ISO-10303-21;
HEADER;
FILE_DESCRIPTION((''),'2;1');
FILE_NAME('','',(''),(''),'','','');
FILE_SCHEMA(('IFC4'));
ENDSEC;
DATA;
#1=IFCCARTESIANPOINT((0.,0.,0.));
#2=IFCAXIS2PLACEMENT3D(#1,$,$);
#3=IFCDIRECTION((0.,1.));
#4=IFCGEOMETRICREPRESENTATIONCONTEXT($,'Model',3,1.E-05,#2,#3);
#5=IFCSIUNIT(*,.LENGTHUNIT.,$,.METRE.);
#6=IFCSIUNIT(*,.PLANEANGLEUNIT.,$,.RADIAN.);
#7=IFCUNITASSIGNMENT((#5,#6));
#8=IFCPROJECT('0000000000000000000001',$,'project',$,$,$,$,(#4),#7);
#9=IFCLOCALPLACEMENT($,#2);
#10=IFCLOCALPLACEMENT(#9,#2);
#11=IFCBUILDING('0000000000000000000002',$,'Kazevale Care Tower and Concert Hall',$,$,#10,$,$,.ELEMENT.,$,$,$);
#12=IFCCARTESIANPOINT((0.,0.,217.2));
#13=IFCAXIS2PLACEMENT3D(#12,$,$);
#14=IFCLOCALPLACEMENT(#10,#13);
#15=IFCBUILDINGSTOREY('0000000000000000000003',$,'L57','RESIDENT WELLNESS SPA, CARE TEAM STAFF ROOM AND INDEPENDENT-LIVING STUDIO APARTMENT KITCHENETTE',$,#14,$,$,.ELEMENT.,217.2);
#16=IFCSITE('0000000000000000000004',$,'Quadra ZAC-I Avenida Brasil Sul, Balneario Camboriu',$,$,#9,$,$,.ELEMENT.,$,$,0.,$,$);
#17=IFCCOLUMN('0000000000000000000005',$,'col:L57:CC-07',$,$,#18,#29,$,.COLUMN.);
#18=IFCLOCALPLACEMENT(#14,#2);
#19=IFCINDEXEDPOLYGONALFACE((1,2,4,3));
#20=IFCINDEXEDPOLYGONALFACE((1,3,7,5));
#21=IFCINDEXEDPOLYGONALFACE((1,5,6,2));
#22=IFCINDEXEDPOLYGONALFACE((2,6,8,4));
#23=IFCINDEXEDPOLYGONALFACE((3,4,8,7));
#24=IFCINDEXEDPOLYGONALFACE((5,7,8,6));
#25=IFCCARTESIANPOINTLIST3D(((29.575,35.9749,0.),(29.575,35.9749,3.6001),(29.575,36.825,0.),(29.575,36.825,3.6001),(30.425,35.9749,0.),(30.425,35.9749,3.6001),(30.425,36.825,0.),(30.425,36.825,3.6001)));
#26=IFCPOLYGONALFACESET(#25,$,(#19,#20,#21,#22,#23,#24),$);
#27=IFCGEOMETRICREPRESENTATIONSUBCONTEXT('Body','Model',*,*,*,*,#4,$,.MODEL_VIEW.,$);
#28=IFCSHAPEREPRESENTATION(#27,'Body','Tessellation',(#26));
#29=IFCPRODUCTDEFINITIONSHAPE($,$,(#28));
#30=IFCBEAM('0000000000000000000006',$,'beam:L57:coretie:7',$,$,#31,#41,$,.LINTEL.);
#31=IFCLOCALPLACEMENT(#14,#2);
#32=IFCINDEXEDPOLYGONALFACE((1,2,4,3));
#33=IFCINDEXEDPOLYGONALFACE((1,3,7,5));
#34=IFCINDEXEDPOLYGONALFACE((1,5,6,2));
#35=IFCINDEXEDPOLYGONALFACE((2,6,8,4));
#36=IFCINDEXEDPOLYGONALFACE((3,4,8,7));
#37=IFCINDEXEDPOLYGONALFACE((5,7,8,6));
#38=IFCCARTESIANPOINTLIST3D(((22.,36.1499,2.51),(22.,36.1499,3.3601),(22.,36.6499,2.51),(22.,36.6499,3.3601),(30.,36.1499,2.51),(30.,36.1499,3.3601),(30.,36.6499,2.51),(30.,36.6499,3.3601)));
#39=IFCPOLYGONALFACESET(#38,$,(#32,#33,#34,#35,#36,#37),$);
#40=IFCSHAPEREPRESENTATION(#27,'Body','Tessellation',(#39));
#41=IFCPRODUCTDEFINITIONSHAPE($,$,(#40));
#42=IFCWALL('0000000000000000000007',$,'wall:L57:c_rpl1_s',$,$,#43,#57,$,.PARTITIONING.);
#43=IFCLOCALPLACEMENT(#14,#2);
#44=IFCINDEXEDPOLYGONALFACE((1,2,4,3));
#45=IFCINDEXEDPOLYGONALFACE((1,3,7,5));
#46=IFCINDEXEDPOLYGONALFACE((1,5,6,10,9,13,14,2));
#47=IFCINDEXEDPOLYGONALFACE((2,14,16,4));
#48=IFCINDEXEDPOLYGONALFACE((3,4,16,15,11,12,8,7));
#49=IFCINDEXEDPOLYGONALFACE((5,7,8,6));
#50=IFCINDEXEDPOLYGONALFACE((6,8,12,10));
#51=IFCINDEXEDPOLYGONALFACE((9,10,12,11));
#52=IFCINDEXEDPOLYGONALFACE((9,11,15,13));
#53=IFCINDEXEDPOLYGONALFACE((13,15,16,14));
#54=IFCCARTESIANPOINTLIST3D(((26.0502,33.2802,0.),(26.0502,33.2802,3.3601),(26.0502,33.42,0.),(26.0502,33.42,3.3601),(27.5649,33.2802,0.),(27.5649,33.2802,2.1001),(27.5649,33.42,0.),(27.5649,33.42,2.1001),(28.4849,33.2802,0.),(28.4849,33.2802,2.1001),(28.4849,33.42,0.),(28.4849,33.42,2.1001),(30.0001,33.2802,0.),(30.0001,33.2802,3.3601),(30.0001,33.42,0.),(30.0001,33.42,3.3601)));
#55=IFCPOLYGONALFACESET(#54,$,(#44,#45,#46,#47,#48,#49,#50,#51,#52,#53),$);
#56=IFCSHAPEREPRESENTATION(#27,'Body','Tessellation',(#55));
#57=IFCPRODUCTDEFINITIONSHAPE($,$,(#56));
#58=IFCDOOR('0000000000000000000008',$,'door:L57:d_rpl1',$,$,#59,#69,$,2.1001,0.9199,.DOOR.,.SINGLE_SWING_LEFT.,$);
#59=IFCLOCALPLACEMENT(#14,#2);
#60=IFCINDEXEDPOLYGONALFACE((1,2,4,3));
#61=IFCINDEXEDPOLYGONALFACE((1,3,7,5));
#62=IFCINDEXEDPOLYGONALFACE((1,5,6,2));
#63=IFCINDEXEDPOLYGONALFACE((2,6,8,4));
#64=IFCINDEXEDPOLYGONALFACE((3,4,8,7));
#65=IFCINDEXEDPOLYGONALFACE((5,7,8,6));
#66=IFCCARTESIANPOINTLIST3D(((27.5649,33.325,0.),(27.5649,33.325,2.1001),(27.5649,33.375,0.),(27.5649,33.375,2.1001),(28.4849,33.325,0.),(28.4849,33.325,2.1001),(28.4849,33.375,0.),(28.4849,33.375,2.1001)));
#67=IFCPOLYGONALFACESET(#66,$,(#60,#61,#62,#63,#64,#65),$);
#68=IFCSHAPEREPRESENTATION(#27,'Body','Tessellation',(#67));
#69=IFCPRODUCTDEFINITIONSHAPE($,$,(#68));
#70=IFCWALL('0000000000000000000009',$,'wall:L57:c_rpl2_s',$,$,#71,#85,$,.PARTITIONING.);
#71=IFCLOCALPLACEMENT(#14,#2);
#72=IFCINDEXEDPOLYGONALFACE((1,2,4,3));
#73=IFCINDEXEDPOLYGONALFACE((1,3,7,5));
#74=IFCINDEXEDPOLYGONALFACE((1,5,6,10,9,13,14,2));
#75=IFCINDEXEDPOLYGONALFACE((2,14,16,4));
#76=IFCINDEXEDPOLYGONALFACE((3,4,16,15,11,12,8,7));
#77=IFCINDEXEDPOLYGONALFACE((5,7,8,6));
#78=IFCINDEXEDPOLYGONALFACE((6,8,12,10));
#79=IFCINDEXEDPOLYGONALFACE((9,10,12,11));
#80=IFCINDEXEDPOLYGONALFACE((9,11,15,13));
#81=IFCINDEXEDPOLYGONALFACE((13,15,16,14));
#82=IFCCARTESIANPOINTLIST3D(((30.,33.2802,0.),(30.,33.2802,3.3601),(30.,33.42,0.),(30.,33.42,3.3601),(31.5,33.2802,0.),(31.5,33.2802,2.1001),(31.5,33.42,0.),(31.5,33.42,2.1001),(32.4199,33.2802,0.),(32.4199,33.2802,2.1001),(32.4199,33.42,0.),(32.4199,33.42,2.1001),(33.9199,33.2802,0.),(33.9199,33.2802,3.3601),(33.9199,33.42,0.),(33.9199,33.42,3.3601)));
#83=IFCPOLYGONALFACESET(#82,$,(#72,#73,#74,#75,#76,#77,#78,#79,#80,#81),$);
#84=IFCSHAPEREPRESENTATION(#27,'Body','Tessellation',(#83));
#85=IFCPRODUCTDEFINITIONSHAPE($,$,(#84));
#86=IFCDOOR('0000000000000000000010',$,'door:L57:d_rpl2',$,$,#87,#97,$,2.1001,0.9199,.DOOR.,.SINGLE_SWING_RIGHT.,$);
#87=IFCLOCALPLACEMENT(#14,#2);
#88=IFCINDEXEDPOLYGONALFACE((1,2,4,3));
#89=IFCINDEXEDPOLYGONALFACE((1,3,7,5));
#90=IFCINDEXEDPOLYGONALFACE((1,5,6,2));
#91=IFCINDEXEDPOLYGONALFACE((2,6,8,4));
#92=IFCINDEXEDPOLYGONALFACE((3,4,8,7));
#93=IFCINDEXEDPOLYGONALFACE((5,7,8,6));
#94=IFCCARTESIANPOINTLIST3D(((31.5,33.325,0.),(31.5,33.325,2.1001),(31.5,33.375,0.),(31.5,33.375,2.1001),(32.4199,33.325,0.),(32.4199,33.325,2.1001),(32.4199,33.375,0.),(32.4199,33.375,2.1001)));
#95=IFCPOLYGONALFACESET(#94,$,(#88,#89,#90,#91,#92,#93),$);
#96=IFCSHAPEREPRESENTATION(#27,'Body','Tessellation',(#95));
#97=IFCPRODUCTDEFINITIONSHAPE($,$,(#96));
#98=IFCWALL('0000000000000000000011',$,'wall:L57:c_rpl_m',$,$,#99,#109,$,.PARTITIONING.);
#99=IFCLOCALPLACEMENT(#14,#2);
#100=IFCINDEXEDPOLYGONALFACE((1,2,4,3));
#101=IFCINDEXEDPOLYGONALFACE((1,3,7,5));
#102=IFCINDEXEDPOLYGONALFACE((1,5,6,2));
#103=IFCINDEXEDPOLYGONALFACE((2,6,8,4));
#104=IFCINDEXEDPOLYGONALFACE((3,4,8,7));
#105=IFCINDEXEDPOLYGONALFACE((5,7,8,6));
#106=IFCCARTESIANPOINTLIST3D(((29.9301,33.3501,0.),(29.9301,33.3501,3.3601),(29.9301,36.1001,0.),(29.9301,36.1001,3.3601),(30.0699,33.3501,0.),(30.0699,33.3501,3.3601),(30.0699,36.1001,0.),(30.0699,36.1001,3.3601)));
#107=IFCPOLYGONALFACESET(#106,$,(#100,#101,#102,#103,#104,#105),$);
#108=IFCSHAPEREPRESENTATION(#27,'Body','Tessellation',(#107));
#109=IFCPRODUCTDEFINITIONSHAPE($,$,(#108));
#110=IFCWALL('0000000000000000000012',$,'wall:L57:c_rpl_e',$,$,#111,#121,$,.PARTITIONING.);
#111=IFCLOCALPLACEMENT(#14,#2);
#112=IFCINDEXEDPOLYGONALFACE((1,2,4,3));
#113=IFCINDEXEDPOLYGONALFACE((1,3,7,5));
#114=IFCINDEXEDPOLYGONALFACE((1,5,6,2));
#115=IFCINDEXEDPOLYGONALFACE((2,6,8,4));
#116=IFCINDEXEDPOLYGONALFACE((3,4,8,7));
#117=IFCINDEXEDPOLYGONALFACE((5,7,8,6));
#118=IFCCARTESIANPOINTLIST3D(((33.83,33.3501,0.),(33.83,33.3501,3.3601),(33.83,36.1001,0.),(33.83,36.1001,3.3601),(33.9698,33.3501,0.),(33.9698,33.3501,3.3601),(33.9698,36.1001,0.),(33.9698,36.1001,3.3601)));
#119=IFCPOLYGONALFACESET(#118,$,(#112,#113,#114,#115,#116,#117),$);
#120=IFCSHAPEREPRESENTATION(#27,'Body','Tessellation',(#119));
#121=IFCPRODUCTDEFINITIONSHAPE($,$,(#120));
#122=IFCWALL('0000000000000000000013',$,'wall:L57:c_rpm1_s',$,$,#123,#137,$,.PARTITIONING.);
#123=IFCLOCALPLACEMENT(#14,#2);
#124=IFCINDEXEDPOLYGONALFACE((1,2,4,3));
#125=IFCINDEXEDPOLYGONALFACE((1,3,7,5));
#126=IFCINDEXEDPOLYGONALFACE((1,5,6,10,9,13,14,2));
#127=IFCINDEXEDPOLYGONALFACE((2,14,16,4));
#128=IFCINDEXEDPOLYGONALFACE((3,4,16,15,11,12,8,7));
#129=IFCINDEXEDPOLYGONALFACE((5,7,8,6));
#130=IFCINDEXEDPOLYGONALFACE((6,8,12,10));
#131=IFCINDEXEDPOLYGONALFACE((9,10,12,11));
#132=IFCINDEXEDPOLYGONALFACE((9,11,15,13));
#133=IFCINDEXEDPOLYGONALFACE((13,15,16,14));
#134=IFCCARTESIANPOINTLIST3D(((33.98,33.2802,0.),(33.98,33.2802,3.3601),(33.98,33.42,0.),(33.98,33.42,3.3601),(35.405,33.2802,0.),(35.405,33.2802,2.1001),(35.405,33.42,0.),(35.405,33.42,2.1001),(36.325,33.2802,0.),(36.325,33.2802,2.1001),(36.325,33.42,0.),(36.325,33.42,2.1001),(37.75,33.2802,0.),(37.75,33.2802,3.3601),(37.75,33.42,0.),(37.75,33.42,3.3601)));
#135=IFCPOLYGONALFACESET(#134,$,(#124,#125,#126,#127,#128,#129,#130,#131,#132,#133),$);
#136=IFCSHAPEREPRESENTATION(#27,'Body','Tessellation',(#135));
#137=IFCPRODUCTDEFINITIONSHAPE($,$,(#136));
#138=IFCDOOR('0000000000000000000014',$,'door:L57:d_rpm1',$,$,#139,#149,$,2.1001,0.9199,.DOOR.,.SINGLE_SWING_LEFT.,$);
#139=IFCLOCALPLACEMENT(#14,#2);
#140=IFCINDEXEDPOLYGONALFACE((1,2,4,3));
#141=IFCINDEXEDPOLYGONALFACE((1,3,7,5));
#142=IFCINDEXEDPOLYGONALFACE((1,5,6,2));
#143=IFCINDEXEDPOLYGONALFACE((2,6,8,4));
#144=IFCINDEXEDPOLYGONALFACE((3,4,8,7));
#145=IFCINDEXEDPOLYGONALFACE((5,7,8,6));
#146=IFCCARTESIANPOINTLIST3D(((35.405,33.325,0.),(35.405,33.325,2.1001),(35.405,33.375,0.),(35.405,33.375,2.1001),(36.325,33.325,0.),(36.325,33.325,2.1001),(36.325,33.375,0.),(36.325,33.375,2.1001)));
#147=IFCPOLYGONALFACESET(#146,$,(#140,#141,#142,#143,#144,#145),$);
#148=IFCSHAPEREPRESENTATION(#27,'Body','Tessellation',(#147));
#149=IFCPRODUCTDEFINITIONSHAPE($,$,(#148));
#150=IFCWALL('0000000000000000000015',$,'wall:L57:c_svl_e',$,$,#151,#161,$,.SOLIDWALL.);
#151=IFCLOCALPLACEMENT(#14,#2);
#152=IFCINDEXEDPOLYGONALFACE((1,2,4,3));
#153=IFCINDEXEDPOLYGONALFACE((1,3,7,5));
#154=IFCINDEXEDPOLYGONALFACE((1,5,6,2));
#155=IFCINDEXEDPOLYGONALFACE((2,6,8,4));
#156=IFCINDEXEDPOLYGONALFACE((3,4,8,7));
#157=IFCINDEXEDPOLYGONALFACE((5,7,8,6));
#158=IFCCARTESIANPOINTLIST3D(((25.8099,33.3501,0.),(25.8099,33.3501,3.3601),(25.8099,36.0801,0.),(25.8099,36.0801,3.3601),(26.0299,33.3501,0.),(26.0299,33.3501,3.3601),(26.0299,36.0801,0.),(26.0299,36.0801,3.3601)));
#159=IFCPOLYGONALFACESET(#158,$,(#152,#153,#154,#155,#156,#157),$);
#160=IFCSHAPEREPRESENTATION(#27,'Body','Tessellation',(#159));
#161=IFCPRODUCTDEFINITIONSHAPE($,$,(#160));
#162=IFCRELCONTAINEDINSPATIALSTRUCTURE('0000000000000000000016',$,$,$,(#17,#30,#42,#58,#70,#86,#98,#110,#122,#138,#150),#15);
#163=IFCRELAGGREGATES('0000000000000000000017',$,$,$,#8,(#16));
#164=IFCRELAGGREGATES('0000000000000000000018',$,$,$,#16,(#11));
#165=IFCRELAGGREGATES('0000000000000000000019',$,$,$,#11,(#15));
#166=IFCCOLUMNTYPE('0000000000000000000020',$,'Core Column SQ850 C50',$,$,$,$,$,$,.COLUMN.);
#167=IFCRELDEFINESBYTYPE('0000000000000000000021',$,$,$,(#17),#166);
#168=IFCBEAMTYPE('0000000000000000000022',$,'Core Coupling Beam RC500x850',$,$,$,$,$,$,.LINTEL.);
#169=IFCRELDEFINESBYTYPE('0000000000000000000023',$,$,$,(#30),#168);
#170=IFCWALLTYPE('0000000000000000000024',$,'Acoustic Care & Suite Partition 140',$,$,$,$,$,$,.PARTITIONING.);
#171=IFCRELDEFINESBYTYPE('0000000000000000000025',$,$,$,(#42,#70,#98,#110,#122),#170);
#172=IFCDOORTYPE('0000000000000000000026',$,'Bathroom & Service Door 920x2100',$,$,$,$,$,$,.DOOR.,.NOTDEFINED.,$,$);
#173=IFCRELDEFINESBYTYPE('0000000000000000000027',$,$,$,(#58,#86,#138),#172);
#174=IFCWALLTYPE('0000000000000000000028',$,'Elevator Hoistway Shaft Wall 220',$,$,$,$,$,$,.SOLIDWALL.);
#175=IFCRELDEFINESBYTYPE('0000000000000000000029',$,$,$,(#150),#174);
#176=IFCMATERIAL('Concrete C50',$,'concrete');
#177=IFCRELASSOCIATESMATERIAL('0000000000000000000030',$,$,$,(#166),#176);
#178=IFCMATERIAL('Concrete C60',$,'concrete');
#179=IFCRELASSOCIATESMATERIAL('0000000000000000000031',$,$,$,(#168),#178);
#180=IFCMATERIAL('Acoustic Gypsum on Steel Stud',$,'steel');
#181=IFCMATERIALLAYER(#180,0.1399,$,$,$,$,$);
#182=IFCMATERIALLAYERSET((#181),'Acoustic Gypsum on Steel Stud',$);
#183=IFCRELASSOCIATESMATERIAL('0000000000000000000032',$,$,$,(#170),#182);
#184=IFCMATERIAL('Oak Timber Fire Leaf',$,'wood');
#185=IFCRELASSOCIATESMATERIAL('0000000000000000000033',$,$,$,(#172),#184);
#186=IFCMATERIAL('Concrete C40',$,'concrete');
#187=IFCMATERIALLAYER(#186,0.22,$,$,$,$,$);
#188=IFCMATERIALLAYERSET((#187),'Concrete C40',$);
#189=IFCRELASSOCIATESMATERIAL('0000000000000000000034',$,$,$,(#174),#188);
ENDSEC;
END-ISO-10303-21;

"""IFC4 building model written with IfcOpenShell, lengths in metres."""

from ifc_helpers import new_model, si_unit, direction, frame, frame_2d, origin, origin_2d, place, context, subcontext, project, spatial, rectangle, extrude, material, layer, layer_set, material_profile, profile_set, type_object, element, fill, save


model = new_model("IFC4")

# Units and contexts
model_context = context("Model", 3, precision=1e-05, world=origin(), true_north=direction((0.0, 1.0)))
body_context = subcontext(model_context, "Body", "Model", "MODEL_VIEW")
ifc_project = project(units=[si_unit("LENGTHUNIT", "METRE"), si_unit("PLANEANGLEUNIT", "RADIAN")], contexts=[model_context])

# Site, building, storey
site_placement = place(None, origin())
site = spatial("IfcSite", under=ifc_project, at=site_placement, Name="Quadra ZAC-I Avenida Brasil Sul, Balneario Camboriu", CompositionType="ELEMENT", RefElevation=0.0)
building_placement = place(site_placement, origin())
building = spatial("IfcBuilding", under=site, at=building_placement, Name="Kazevale Care Tower and Concert Hall", CompositionType="ELEMENT")
storey_placement = place(building_placement, frame((0.0, 0.0, 217.2)))
storey = spatial("IfcBuildingStorey", under=building, at=storey_placement, Name="L57", Description="RESIDENT WELLNESS SPA, CARE TEAM STAFF ROOM AND INDEPENDENT-LIVING STUDIO APARTMENT KITCHENETTE", CompositionType="ELEMENT", Elevation=217.2)

# Column
ifc_material_1 = material(Name="Concrete C50", Category="concrete")
ifc_material_profile_1 = material_profile(ifc_material_1, rectangle(XDim=0.8501, YDim=0.8501, at=origin_2d()), Name="RC-SQ850")
ifc_profile_set_1 = profile_set([ifc_material_profile_1], Name="Concrete C50")
column_type = type_object("IfcColumnType", Name="Core Column SQ850 C50", PredefinedType="COLUMN", material=ifc_profile_set_1)
column_placement = place(storey_placement, frame((30.0, 36.3999, 0.0), z_axis=(0.0, 0.0, 1.0), x_axis=(1.0, 0.0, 0.0)))
element("IfcColumn", 1, at=column_placement, inside=storey, type_object=column_type, Name="col:L57:CC-07", PredefinedType="COLUMN", context=body_context, shape_type="SweptSolid", body=[
    extrude(rectangle(XDim=0.8501, YDim=0.8501, at=origin_2d()), origin(), (0.0, 0.0, 1.0), 3.6001),
])

# Beam
ifc_material_2 = material(Name="Concrete C60", Category="concrete")
ifc_material_profile_2 = material_profile(ifc_material_2, rectangle(XDim=0.5, YDim=0.8501, at=origin_2d()), Name="RC-B500x850")
ifc_profile_set_2 = profile_set([ifc_material_profile_2], Name="Concrete C60")
beam_type = type_object("IfcBeamType", Name="Core Coupling Beam RC500x850", PredefinedType="LINTEL", material=ifc_profile_set_2)
beam_placement = place(storey_placement, frame((30.0, 36.3999, 2.9351), z_axis=(-1.0, 0.0, 0.0), x_axis=(0.0, -1.0, 0.0)))
element("IfcBeam", 2, at=beam_placement, inside=storey, type_object=beam_type, Name="beam:L57:coretie:7", PredefinedType="LINTEL", context=body_context, shape_type="SweptSolid", body=[
    extrude(rectangle(XDim=0.5, YDim=0.8501, at=origin_2d()), origin(), (0.0, 0.0, 1.0), 8.0),
])

# Walls, openings, doors
ifc_material_3 = material(Name="Acoustic Gypsum on Steel Stud", Category="steel")
ifc_layer_1 = layer(ifc_material_3, 0.1399)
ifc_layer_set_1 = layer_set([ifc_layer_1], Name="Acoustic Gypsum on Steel Stud")
wall_type_1 = type_object("IfcWallType", Name="Acoustic Care & Suite Partition 140", PredefinedType="PARTITIONING", material=ifc_layer_set_1)
wall_1_placement = place(storey_placement, frame((26.05, 33.3501, 0.0), z_axis=(0.0, 0.0, 1.0), x_axis=(1.0, 0.0, 0.0)))
wall_1 = element("IfcWall", 3, at=wall_1_placement, inside=storey, type_object=wall_type_1, Name="wall:L57:c_rpl1_s", PredefinedType="PARTITIONING", context=body_context, shape_type="SweptSolid", body=[
    extrude(rectangle(XDim=3.95, YDim=0.1399, at=frame_2d((1.9751, 0.0))), origin(), (0.0, 0.0, 1.0), 3.3601),
])
opening_1_placement = place(wall_1_placement, frame((1.5149, 0.0, 0.0)))
opening_1 = element("IfcOpeningElement", 4, at=opening_1_placement, cuts=wall_1, PredefinedType="OPENING", context=body_context, shape_type="SweptSolid", body=[
    extrude(rectangle(XDim=0.9199, YDim=2.1001, at=frame_2d((0.46, 1.05))), frame((0.0, 0.0798, 0.0), z_axis=(0.0, -1.0, 0.0), x_axis=(1.0, 0.0, 0.0)), (0.0, 0.0, 1.0), 0.1599),
])
ifc_material_4 = material(Name="Oak Timber Fire Leaf", Category="wood")
door_type_1 = type_object("IfcDoorType", Name="Bathroom & Service Door 920x2100", OperationType="NOTDEFINED", PredefinedType="DOOR", material=ifc_material_4)
door_1_placement = place(opening_1_placement, origin())
door_1 = element("IfcDoor", 5, at=door_1_placement, inside=storey, type_object=door_type_1, Name="door:L57:d_rpl1", OperationType="SINGLE_SWING_LEFT", OverallHeight=2.1001, OverallWidth=0.9199, PredefinedType="DOOR", context=body_context, shape_type="SweptSolid", body=[
    extrude(rectangle(XDim=0.9199, YDim=2.1001, at=frame_2d((0.46, 1.05))), frame((0.0, 0.0249, 0.0), z_axis=(0.0, -1.0, 0.0), x_axis=(1.0, 0.0, 0.0)), (0.0, 0.0, 1.0), 0.05),
])
fill(opening_1, door_1)
wall_2_placement = place(storey_placement, frame((30.0, 33.3501, 0.0), z_axis=(0.0, 0.0, 1.0), x_axis=(1.0, 0.0, 0.0)))
wall_2 = element("IfcWall", 6, at=wall_2_placement, inside=storey, type_object=wall_type_1, Name="wall:L57:c_rpl2_s", PredefinedType="PARTITIONING", context=body_context, shape_type="SweptSolid", body=[
    extrude(rectangle(XDim=3.9199, YDim=0.1399, at=frame_2d((1.96, 0.0))), origin(), (0.0, 0.0, 1.0), 3.3601),
])
opening_2_placement = place(wall_2_placement, frame((1.5, 0.0, 0.0)))
opening_2 = element("IfcOpeningElement", 7, at=opening_2_placement, cuts=wall_2, PredefinedType="OPENING", context=body_context, shape_type="SweptSolid", body=[
    extrude(rectangle(XDim=0.9199, YDim=2.1001, at=frame_2d((0.46, 1.05))), frame((0.0, 0.0798, 0.0), z_axis=(0.0, -1.0, 0.0), x_axis=(1.0, 0.0, 0.0)), (0.0, 0.0, 1.0), 0.1599),
])
door_2_placement = place(opening_2_placement, origin())
door_2 = element("IfcDoor", 8, at=door_2_placement, inside=storey, type_object=door_type_1, Name="door:L57:d_rpl2", OperationType="SINGLE_SWING_RIGHT", OverallHeight=2.1001, OverallWidth=0.9199, PredefinedType="DOOR", context=body_context, shape_type="SweptSolid", body=[
    extrude(rectangle(XDim=0.9199, YDim=2.1001, at=frame_2d((0.46, 1.05))), frame((0.0, 0.0249, 0.0), z_axis=(0.0, -1.0, 0.0), x_axis=(1.0, 0.0, 0.0)), (0.0, 0.0, 1.0), 0.05),
])
fill(opening_2, door_2)

# Walls
for number, where, z_axis, x_axis, name in (
    (9, (30.0, 33.3501, 0.0), (0.0, 0.0, 1.0), (0.0, 1.0, 0.0), "wall:L57:c_rpl_m"),
    (10, (33.8999, 33.3501, 0.0), (0.0, 0.0, 1.0), (0.0, 1.0, 0.0), "wall:L57:c_rpl_e"),
):
    element("IfcWall", number, at=place(storey_placement, frame(where, z_axis=z_axis, x_axis=x_axis)), inside=storey, type_object=wall_type_1, Name=name, PredefinedType="PARTITIONING", context=body_context, shape_type="SweptSolid", body=[
        extrude(rectangle(XDim=2.75, YDim=0.1399, at=frame_2d((1.375, 0.0))), origin(), (0.0, 0.0, 1.0), 3.3601),
    ])

# Wall, opening, door
wall_3_placement = place(storey_placement, frame((33.98, 33.3501, 0.0), z_axis=(0.0, 0.0, 1.0), x_axis=(1.0, 0.0, 0.0)))
wall_3 = element("IfcWall", 11, at=wall_3_placement, inside=storey, type_object=wall_type_1, Name="wall:L57:c_rpm1_s", PredefinedType="PARTITIONING", context=body_context, shape_type="SweptSolid", body=[
    extrude(rectangle(XDim=3.77, YDim=0.1399, at=frame_2d((1.885, 0.0))), origin(), (0.0, 0.0, 1.0), 3.3601),
])
opening_3_placement = place(wall_3_placement, frame((1.425, 0.0, 0.0)))
opening_3 = element("IfcOpeningElement", 12, at=opening_3_placement, cuts=wall_3, PredefinedType="OPENING", context=body_context, shape_type="SweptSolid", body=[
    extrude(rectangle(XDim=0.9199, YDim=2.1001, at=frame_2d((0.46, 1.05))), frame((0.0, 0.0798, 0.0), z_axis=(0.0, -1.0, 0.0), x_axis=(1.0, 0.0, 0.0)), (0.0, 0.0, 1.0), 0.1599),
])
door_3_placement = place(opening_3_placement, origin())
door_3 = element("IfcDoor", 13, at=door_3_placement, inside=storey, type_object=door_type_1, Name="door:L57:d_rpm1", OperationType="SINGLE_SWING_LEFT", OverallHeight=2.1001, OverallWidth=0.9199, PredefinedType="DOOR", context=body_context, shape_type="SweptSolid", body=[
    extrude(rectangle(XDim=0.9199, YDim=2.1001, at=frame_2d((0.46, 1.05))), frame((0.0, 0.0249, 0.0), z_axis=(0.0, -1.0, 0.0), x_axis=(1.0, 0.0, 0.0)), (0.0, 0.0, 1.0), 0.05),
])
fill(opening_3, door_3)

# Wall
ifc_material_5 = material(Name="Concrete C40", Category="concrete")
ifc_layer_2 = layer(ifc_material_5, 0.22)
ifc_layer_set_2 = layer_set([ifc_layer_2], Name="Concrete C40")
wall_type_2 = type_object("IfcWallType", Name="Elevator Hoistway Shaft Wall 220", PredefinedType="SOLIDWALL", material=ifc_layer_set_2)
wall_4_placement = place(storey_placement, frame((25.9199, 33.3501, 0.0), z_axis=(0.0, 0.0, 1.0), x_axis=(0.0, 1.0, 0.0)))
element("IfcWall", 14, at=wall_4_placement, inside=storey, type_object=wall_type_2, Name="wall:L57:c_svl_e", PredefinedType="SOLIDWALL", context=body_context, shape_type="SweptSolid", body=[
    extrude(rectangle(XDim=2.73, YDim=0.22, at=frame_2d((1.365, 0.0))), origin(), (0.0, 0.0, 1.0), 3.3601),
])

save(model, "model.ifc")
